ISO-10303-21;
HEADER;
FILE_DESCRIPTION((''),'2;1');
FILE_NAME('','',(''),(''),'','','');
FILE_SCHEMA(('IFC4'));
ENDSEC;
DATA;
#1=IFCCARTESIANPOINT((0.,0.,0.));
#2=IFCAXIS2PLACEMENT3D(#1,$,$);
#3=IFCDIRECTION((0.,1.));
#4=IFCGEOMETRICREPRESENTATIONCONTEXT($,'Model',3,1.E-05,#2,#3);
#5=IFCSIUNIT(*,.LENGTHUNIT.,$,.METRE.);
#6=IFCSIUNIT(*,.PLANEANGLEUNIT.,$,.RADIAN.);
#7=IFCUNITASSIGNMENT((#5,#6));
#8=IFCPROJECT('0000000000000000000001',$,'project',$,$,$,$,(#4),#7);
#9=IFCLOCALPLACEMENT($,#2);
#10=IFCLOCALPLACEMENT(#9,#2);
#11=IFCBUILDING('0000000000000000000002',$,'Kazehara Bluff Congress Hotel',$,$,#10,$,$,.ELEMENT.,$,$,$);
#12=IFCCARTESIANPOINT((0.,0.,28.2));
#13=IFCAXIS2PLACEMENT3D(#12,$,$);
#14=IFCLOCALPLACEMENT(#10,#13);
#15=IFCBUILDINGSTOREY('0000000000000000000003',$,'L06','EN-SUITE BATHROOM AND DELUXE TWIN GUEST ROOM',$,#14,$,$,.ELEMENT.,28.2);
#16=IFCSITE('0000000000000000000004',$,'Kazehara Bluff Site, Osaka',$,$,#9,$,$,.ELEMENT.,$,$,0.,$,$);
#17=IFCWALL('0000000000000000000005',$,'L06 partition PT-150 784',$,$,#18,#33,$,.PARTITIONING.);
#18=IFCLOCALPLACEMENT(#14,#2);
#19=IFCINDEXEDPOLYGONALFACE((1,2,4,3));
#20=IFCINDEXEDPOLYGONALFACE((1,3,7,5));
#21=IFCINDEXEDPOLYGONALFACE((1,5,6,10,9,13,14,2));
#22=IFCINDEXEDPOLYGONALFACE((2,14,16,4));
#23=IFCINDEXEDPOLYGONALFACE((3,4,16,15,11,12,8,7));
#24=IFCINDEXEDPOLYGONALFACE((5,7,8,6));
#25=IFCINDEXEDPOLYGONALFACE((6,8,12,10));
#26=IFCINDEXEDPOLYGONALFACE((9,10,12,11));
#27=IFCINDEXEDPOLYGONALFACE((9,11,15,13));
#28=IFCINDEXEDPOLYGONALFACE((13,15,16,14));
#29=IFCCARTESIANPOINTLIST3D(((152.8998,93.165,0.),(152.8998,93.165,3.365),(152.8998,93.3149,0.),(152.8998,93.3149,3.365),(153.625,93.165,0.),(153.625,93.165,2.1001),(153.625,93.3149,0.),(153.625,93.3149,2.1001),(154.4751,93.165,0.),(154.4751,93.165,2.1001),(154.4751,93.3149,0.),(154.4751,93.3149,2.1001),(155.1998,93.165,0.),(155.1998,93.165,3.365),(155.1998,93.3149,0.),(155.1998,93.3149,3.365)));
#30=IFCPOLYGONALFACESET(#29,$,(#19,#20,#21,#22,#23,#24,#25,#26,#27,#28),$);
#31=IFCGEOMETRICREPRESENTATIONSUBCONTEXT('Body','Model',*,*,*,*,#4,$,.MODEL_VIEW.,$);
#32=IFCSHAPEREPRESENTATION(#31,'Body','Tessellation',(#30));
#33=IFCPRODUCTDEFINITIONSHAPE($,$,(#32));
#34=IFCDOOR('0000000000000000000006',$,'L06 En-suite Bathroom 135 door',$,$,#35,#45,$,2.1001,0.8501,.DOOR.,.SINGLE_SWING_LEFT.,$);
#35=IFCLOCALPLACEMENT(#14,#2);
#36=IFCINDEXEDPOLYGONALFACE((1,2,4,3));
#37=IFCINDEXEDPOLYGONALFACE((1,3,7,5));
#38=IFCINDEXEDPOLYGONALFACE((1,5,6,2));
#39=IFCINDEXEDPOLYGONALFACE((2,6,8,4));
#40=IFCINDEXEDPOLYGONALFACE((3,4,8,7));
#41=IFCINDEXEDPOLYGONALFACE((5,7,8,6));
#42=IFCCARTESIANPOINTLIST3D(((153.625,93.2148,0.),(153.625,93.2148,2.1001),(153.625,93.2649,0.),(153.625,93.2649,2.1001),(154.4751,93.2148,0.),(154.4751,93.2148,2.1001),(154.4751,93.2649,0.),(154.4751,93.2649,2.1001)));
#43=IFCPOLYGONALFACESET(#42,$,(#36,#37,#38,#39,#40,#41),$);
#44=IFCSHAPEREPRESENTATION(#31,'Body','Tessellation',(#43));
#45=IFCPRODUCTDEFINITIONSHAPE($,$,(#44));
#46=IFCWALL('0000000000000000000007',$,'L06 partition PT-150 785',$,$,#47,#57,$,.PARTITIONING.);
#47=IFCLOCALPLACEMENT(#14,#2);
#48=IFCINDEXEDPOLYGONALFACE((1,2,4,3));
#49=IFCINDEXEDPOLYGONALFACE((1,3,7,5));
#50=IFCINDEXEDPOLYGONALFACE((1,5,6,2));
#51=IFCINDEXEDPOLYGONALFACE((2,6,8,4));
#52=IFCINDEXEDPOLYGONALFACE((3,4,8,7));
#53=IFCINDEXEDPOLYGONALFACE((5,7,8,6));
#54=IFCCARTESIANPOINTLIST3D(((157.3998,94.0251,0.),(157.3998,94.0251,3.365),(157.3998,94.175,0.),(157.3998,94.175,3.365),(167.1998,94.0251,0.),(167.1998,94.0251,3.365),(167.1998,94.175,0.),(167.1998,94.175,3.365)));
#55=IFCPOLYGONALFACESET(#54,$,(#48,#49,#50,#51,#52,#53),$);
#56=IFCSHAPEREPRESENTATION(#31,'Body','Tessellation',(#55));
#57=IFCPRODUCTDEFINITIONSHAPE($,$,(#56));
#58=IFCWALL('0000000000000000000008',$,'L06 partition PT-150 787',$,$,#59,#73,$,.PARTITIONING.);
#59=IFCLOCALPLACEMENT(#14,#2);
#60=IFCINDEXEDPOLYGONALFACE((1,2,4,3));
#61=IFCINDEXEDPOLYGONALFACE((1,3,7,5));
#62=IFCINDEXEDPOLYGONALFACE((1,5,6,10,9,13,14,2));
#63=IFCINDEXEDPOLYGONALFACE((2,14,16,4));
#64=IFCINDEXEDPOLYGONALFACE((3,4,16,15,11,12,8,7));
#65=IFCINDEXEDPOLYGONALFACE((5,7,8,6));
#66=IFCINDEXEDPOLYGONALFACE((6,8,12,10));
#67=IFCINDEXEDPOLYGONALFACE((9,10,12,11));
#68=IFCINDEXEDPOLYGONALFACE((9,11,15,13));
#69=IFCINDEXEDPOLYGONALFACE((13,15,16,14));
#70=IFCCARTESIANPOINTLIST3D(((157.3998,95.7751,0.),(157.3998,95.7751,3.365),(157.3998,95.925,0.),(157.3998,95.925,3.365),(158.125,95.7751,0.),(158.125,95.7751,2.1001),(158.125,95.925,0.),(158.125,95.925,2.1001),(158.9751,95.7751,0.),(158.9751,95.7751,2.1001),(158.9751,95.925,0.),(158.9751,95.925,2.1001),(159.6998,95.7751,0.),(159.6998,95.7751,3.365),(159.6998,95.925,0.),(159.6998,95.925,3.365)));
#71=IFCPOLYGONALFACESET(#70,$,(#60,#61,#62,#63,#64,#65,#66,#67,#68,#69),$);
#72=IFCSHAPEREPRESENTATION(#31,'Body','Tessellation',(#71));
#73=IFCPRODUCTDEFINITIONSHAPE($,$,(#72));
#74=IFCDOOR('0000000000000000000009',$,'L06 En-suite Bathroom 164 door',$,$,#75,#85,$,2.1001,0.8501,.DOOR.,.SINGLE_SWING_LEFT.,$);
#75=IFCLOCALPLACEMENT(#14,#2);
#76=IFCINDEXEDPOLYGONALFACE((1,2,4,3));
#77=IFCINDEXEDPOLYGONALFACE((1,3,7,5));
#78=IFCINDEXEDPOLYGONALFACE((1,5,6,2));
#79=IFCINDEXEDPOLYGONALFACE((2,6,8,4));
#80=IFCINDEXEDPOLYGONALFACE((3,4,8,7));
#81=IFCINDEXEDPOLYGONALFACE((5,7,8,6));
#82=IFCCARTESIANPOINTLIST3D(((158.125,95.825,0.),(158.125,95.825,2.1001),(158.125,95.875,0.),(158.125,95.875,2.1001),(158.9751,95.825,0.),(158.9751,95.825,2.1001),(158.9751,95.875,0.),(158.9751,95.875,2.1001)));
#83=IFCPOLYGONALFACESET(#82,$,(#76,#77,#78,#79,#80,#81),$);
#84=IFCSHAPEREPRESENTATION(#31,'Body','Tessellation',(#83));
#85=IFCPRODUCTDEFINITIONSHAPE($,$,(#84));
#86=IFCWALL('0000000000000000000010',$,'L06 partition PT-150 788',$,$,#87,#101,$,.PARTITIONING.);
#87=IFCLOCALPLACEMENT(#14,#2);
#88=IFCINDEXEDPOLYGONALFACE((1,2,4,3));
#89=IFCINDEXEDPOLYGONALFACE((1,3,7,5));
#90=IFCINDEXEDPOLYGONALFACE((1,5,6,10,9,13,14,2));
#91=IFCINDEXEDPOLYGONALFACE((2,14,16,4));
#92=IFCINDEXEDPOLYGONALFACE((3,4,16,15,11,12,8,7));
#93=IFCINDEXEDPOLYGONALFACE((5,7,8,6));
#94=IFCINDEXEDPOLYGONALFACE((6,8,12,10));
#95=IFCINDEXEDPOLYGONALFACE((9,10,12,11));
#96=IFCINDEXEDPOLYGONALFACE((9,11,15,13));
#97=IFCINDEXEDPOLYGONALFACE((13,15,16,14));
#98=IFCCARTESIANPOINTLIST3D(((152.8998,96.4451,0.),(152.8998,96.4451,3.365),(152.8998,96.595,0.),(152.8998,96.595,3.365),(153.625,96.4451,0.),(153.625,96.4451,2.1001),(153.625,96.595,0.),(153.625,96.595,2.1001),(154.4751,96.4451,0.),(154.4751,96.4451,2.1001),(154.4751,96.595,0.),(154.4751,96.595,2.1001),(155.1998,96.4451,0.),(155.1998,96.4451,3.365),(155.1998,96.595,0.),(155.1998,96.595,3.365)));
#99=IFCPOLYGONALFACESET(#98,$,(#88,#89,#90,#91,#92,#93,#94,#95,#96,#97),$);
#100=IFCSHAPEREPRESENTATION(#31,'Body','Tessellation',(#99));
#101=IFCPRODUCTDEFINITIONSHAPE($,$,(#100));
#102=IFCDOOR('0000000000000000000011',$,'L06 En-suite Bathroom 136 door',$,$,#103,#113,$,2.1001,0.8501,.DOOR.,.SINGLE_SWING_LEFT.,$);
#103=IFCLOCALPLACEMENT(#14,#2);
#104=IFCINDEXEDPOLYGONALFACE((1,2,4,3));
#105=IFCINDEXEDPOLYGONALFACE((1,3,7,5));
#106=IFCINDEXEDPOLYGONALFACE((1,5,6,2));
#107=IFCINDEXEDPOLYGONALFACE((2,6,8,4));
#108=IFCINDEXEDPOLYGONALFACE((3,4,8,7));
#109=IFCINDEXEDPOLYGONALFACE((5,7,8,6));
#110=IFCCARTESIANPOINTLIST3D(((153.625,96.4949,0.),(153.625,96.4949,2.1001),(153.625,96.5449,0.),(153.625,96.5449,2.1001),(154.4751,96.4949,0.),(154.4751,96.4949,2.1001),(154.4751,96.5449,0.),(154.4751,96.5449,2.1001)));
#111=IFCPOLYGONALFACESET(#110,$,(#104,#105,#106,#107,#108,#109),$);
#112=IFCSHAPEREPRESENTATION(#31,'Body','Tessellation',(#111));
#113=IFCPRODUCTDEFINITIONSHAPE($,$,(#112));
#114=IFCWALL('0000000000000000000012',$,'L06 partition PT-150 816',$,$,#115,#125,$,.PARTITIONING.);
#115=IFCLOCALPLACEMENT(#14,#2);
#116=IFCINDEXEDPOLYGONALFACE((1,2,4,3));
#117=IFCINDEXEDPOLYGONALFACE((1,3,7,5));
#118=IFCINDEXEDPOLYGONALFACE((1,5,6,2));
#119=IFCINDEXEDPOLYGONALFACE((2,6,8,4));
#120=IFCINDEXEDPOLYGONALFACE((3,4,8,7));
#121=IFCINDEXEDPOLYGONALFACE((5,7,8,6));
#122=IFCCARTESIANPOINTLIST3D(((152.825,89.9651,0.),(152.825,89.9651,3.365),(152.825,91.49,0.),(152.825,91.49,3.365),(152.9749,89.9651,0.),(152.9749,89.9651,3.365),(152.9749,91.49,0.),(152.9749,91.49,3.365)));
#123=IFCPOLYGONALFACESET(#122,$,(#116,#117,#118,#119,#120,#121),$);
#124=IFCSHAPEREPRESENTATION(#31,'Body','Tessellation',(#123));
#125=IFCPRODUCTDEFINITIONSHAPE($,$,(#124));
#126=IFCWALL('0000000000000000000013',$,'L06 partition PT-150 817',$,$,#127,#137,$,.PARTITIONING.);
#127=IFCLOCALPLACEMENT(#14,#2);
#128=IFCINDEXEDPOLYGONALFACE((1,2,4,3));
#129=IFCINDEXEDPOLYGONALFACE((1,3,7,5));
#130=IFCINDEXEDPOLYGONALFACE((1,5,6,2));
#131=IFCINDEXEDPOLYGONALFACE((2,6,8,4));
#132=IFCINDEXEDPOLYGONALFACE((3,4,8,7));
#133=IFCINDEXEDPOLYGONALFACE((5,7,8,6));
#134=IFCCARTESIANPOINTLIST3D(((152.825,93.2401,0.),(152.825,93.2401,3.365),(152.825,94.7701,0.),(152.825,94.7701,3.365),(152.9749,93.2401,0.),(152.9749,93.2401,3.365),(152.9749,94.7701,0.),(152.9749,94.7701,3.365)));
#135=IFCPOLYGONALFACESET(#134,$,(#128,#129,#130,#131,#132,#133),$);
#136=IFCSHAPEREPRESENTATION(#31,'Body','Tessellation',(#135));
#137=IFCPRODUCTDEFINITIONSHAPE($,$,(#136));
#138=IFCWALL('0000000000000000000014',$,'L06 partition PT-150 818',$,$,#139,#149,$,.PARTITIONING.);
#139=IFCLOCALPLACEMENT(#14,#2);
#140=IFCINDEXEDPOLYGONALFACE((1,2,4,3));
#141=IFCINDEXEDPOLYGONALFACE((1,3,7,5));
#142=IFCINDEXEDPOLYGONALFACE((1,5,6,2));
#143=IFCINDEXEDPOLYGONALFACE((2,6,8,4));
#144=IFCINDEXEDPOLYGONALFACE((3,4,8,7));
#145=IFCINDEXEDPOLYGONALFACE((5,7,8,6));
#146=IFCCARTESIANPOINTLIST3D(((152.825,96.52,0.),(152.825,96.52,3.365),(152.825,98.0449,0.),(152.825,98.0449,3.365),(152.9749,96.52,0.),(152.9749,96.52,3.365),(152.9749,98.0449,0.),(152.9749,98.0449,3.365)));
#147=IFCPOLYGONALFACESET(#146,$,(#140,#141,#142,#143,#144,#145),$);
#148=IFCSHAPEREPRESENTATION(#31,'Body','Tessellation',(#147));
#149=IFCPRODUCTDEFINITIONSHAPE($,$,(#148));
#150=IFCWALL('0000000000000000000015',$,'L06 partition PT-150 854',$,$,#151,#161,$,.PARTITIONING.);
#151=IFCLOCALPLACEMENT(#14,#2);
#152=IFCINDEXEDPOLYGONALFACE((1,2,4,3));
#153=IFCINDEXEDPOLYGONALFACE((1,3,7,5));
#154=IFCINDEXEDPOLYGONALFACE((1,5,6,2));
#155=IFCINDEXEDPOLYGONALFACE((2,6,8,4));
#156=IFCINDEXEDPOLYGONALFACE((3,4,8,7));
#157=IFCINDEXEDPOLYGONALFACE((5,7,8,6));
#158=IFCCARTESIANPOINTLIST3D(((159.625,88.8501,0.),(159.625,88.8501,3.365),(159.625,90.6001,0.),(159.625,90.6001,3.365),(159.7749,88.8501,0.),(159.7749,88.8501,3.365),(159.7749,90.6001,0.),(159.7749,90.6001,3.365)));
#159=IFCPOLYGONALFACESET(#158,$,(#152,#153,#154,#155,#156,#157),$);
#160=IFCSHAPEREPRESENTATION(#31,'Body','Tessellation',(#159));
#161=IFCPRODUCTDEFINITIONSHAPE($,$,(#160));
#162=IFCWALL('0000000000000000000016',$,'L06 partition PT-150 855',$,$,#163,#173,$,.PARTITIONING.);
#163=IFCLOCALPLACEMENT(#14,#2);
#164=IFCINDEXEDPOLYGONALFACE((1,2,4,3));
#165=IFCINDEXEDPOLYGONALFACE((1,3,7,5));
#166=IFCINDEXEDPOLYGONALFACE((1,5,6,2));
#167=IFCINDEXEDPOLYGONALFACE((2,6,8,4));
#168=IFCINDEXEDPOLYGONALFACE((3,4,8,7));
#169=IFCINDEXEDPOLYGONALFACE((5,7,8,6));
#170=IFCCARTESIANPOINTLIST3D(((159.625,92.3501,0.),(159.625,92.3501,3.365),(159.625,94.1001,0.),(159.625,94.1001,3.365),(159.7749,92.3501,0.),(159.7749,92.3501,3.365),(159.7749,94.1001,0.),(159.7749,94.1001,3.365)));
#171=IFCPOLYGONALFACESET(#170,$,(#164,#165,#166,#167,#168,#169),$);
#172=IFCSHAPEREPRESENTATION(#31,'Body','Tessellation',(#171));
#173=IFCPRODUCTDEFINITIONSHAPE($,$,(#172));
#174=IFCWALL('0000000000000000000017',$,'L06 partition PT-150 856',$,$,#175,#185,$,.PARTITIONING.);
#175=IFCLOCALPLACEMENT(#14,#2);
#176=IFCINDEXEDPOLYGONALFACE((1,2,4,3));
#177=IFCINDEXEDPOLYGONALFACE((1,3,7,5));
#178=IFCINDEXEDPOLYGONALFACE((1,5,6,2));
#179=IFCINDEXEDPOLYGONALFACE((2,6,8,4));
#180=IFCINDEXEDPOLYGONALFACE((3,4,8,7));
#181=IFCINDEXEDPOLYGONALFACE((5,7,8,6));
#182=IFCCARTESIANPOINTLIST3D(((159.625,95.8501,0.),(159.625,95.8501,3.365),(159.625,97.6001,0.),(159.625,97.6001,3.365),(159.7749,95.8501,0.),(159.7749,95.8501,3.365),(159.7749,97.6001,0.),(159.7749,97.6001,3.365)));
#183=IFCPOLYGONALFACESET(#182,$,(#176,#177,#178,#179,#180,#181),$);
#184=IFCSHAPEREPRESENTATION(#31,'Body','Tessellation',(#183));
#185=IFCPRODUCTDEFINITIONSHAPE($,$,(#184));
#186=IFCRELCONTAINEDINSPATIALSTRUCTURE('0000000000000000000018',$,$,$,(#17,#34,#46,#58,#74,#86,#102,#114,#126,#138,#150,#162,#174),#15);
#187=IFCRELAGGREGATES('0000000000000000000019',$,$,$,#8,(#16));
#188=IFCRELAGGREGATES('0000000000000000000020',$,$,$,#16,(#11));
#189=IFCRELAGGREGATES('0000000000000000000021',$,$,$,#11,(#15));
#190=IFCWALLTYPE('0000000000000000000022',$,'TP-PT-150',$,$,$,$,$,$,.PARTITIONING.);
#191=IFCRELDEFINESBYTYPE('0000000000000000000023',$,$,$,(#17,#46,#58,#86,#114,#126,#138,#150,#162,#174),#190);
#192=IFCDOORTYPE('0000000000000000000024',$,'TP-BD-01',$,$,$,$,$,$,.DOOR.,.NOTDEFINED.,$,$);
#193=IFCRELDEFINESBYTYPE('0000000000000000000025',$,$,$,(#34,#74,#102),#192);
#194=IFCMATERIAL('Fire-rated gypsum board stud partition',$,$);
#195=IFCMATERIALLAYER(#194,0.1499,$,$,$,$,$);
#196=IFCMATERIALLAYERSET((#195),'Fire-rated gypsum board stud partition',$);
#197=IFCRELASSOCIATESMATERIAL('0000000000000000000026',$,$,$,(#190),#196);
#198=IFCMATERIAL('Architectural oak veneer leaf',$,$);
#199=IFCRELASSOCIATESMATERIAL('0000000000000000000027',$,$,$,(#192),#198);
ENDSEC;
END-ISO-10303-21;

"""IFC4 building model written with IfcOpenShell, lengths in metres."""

from ifc_helpers import new_model, si_unit, direction, frame, frame_2d, origin, place, context, subcontext, project, spatial, rectangle, extrude, material, layer, layer_set, type_object, element, fill, save


model = new_model("IFC4")

# Units and contexts
model_context = context("Model", 3, precision=1e-05, world=origin(), true_north=direction((0.0, 1.0)))
body_context = subcontext(model_context, "Body", "Model", "MODEL_VIEW")
ifc_project = project(units=[si_unit("LENGTHUNIT", "METRE"), si_unit("PLANEANGLEUNIT", "RADIAN")], contexts=[model_context])

# Site, building, storey
site_placement = place(None, origin())
site = spatial("IfcSite", under=ifc_project, at=site_placement, Name="Kazehara Bluff Site, Osaka", CompositionType="ELEMENT", RefElevation=0.0)
building_placement = place(site_placement, origin())
building = spatial("IfcBuilding", under=site, at=building_placement, Name="Kazehara Bluff Congress Hotel", CompositionType="ELEMENT")
storey_placement = place(building_placement, frame((0.0, 0.0, 28.2)))
storey = spatial("IfcBuildingStorey", under=building, at=storey_placement, Name="L06", Description="EN-SUITE BATHROOM AND DELUXE TWIN GUEST ROOM", CompositionType="ELEMENT", Elevation=28.2)

# Shared definitions
ifc_material_1 = material(Name="Fire-rated gypsum board stud partition")
ifc_layer_1 = layer(ifc_material_1, 0.1499)
ifc_layer_set_1 = layer_set([ifc_layer_1], Name="Fire-rated gypsum board stud partition")
wall_type_1 = type_object("IfcWallType", Name="TP-PT-150", PredefinedType="PARTITIONING", material=ifc_layer_set_1)
ifc_material_2 = material(Name="Architectural oak veneer leaf")
door_type = type_object("IfcDoorType", Name="TP-BD-01", OperationType="NOTDEFINED", PredefinedType="DOOR", material=ifc_material_2)

# Wall, opening, door
wall_1_placement = place(storey_placement, frame((152.8999, 93.24, 0.0), z_axis=(0.0, 0.0, 1.0), x_axis=(1.0, 0.0, 0.0)))
wall_1 = element("IfcWall", 1, at=wall_1_placement, inside=storey, type_object=wall_type_1, Name="L06 partition PT-150 784", PredefinedType="PARTITIONING", context=body_context, shape_type="SweptSolid", body=[
    extrude(rectangle(XDim=2.3, YDim=0.1499, at=frame_2d((1.1499, 0.0))), origin(), (0.0, 0.0, 1.0), 3.365),
])
opening_1_placement = place(wall_1_placement, frame((0.7251, 0.0, 0.0)))
opening_1 = element("IfcOpeningElement", 2, at=opening_1_placement, cuts=wall_1, PredefinedType="OPENING", context=body_context, shape_type="SweptSolid", body=[
    extrude(rectangle(XDim=0.8501, YDim=2.1001, at=frame_2d((0.425, 1.05))), frame((0.0, 0.085, 0.0), z_axis=(0.0, -1.0, 0.0), x_axis=(1.0, 0.0, 0.0)), (0.0, 0.0, 1.0), 0.1699),
])
door_1_placement = place(opening_1_placement, origin())
door_1 = element("IfcDoor", 3, at=door_1_placement, inside=storey, type_object=door_type, Name="L06 En-suite Bathroom 135 door", OperationType="SINGLE_SWING_LEFT", OverallHeight=2.1001, OverallWidth=0.8501, PredefinedType="DOOR", context=body_context, shape_type="SweptSolid", body=[
    extrude(rectangle(XDim=0.8501, YDim=2.1001, at=frame_2d((0.425, 1.05))), frame((0.0, 0.0249, 0.0), z_axis=(0.0, -1.0, 0.0), x_axis=(1.0, 0.0, 0.0)), (0.0, 0.0, 1.0), 0.05),
])
fill(opening_1, door_1)

# Wall
wall_2_placement = place(storey_placement, frame((157.3999, 94.1001, 0.0), z_axis=(0.0, 0.0, 1.0), x_axis=(1.0, 0.0, 0.0)))
element("IfcWall", 4, at=wall_2_placement, inside=storey, type_object=wall_type_1, Name="L06 partition PT-150 785", PredefinedType="PARTITIONING", context=body_context, shape_type="SweptSolid", body=[
    extrude(rectangle(XDim=9.8, YDim=0.1499, at=frame_2d((4.8999, 0.0))), origin(), (0.0, 0.0, 1.0), 3.365),
])

# Walls, openings, doors
wall_3_placement = place(storey_placement, frame((157.3999, 95.8501, 0.0), z_axis=(0.0, 0.0, 1.0), x_axis=(1.0, 0.0, 0.0)))
wall_3 = element("IfcWall", 5, at=wall_3_placement, inside=storey, type_object=wall_type_1, Name="L06 partition PT-150 787", PredefinedType="PARTITIONING", context=body_context, shape_type="SweptSolid", body=[
    extrude(rectangle(XDim=2.3, YDim=0.1499, at=frame_2d((1.1499, 0.0))), origin(), (0.0, 0.0, 1.0), 3.365),
])
opening_2_placement = place(wall_3_placement, frame((0.7251, 0.0, 0.0)))
opening_2 = element("IfcOpeningElement", 6, at=opening_2_placement, cuts=wall_3, PredefinedType="OPENING", context=body_context, shape_type="SweptSolid", body=[
    extrude(rectangle(XDim=0.8501, YDim=2.1001, at=frame_2d((0.425, 1.05))), frame((0.0, 0.085, 0.0), z_axis=(0.0, -1.0, 0.0), x_axis=(1.0, 0.0, 0.0)), (0.0, 0.0, 1.0), 0.1699),
])
door_2_placement = place(opening_2_placement, origin())
door_2 = element("IfcDoor", 7, at=door_2_placement, inside=storey, type_object=door_type, Name="L06 En-suite Bathroom 164 door", OperationType="SINGLE_SWING_LEFT", OverallHeight=2.1001, OverallWidth=0.8501, PredefinedType="DOOR", context=body_context, shape_type="SweptSolid", body=[
    extrude(rectangle(XDim=0.8501, YDim=2.1001, at=frame_2d((0.425, 1.05))), frame((0.0, 0.0249, 0.0), z_axis=(0.0, -1.0, 0.0), x_axis=(1.0, 0.0, 0.0)), (0.0, 0.0, 1.0), 0.05),
])
fill(opening_2, door_2)
wall_4_placement = place(storey_placement, frame((152.8999, 96.52, 0.0), z_axis=(0.0, 0.0, 1.0), x_axis=(1.0, 0.0, 0.0)))
wall_4 = element("IfcWall", 8, at=wall_4_placement, inside=storey, type_object=wall_type_1, Name="L06 partition PT-150 788", PredefinedType="PARTITIONING", context=body_context, shape_type="SweptSolid", body=[
    extrude(rectangle(XDim=2.3, YDim=0.1499, at=frame_2d((1.1499, 0.0))), origin(), (0.0, 0.0, 1.0), 3.365),
])
opening_3_placement = place(wall_4_placement, frame((0.7251, 0.0, 0.0)))
opening_3 = element("IfcOpeningElement", 9, at=opening_3_placement, cuts=wall_4, PredefinedType="OPENING", context=body_context, shape_type="SweptSolid", body=[
    extrude(rectangle(XDim=0.8501, YDim=2.1001, at=frame_2d((0.425, 1.05))), frame((0.0, 0.085, 0.0), z_axis=(0.0, -1.0, 0.0), x_axis=(1.0, 0.0, 0.0)), (0.0, 0.0, 1.0), 0.1699),
])
door_3_placement = place(opening_3_placement, origin())
door_3 = element("IfcDoor", 10, at=door_3_placement, inside=storey, type_object=door_type, Name="L06 En-suite Bathroom 136 door", OperationType="SINGLE_SWING_LEFT", OverallHeight=2.1001, OverallWidth=0.8501, PredefinedType="DOOR", context=body_context, shape_type="SweptSolid", body=[
    extrude(rectangle(XDim=0.8501, YDim=2.1001, at=frame_2d((0.425, 1.05))), frame((0.0, 0.0249, 0.0), z_axis=(0.0, -1.0, 0.0), x_axis=(1.0, 0.0, 0.0)), (0.0, 0.0, 1.0), 0.05),
])
fill(opening_3, door_3)

# Walls
wall_5_placement = place(storey_placement, frame((152.8999, 89.9651, 0.0), z_axis=(0.0, 0.0, 1.0), x_axis=(0.0, 1.0, 0.0)))
element("IfcWall", 11, at=wall_5_placement, inside=storey, type_object=wall_type_1, Name="L06 partition PT-150 816", PredefinedType="PARTITIONING", context=body_context, shape_type="SweptSolid", body=[
    extrude(rectangle(XDim=1.5249, YDim=0.1499, at=frame_2d((0.7625, 0.0))), origin(), (0.0, 0.0, 1.0), 3.365),
])
wall_6_placement = place(storey_placement, frame((152.8999, 93.24, 0.0), z_axis=(0.0, 0.0, 1.0), x_axis=(0.0, 1.0, 0.0)))
element("IfcWall", 12, at=wall_6_placement, inside=storey, type_object=wall_type_1, Name="L06 partition PT-150 817", PredefinedType="PARTITIONING", context=body_context, shape_type="SweptSolid", body=[
    extrude(rectangle(XDim=1.53, YDim=0.1499, at=frame_2d((0.7651, 0.0))), origin(), (0.0, 0.0, 1.0), 3.365),
])
wall_7_placement = place(storey_placement, frame((152.8999, 96.52, 0.0), z_axis=(0.0, 0.0, 1.0), x_axis=(0.0, 1.0, 0.0)))
element("IfcWall", 13, at=wall_7_placement, inside=storey, type_object=wall_type_1, Name="L06 partition PT-150 818", PredefinedType="PARTITIONING", context=body_context, shape_type="SweptSolid", body=[
    extrude(rectangle(XDim=1.5249, YDim=0.1499, at=frame_2d((0.7625, 0.0))), origin(), (0.0, 0.0, 1.0), 3.365),
])
for number, where, z_axis, x_axis, name in (
    (14, (159.7, 88.8501, 0.0), (0.0, 0.0, 1.0), (0.0, 1.0, 0.0), "L06 partition PT-150 854"),
    (15, (159.7, 92.3501, 0.0), (0.0, 0.0, 1.0), (0.0, 1.0, 0.0), "L06 partition PT-150 855"),
    (16, (159.7, 95.8501, 0.0), (0.0, 0.0, 1.0), (0.0, 1.0, 0.0), "L06 partition PT-150 856"),
):
    element("IfcWall", number, at=place(storey_placement, frame(where, z_axis=z_axis, x_axis=x_axis)), inside=storey, type_object=wall_type_1, Name=name, PredefinedType="PARTITIONING", context=body_context, shape_type="SweptSolid", body=[
        extrude(rectangle(XDim=1.75, YDim=0.1499, at=frame_2d((0.875, 0.0))), origin(), (0.0, 0.0, 1.0), 3.365),
    ])

save(model, "model.ifc")
